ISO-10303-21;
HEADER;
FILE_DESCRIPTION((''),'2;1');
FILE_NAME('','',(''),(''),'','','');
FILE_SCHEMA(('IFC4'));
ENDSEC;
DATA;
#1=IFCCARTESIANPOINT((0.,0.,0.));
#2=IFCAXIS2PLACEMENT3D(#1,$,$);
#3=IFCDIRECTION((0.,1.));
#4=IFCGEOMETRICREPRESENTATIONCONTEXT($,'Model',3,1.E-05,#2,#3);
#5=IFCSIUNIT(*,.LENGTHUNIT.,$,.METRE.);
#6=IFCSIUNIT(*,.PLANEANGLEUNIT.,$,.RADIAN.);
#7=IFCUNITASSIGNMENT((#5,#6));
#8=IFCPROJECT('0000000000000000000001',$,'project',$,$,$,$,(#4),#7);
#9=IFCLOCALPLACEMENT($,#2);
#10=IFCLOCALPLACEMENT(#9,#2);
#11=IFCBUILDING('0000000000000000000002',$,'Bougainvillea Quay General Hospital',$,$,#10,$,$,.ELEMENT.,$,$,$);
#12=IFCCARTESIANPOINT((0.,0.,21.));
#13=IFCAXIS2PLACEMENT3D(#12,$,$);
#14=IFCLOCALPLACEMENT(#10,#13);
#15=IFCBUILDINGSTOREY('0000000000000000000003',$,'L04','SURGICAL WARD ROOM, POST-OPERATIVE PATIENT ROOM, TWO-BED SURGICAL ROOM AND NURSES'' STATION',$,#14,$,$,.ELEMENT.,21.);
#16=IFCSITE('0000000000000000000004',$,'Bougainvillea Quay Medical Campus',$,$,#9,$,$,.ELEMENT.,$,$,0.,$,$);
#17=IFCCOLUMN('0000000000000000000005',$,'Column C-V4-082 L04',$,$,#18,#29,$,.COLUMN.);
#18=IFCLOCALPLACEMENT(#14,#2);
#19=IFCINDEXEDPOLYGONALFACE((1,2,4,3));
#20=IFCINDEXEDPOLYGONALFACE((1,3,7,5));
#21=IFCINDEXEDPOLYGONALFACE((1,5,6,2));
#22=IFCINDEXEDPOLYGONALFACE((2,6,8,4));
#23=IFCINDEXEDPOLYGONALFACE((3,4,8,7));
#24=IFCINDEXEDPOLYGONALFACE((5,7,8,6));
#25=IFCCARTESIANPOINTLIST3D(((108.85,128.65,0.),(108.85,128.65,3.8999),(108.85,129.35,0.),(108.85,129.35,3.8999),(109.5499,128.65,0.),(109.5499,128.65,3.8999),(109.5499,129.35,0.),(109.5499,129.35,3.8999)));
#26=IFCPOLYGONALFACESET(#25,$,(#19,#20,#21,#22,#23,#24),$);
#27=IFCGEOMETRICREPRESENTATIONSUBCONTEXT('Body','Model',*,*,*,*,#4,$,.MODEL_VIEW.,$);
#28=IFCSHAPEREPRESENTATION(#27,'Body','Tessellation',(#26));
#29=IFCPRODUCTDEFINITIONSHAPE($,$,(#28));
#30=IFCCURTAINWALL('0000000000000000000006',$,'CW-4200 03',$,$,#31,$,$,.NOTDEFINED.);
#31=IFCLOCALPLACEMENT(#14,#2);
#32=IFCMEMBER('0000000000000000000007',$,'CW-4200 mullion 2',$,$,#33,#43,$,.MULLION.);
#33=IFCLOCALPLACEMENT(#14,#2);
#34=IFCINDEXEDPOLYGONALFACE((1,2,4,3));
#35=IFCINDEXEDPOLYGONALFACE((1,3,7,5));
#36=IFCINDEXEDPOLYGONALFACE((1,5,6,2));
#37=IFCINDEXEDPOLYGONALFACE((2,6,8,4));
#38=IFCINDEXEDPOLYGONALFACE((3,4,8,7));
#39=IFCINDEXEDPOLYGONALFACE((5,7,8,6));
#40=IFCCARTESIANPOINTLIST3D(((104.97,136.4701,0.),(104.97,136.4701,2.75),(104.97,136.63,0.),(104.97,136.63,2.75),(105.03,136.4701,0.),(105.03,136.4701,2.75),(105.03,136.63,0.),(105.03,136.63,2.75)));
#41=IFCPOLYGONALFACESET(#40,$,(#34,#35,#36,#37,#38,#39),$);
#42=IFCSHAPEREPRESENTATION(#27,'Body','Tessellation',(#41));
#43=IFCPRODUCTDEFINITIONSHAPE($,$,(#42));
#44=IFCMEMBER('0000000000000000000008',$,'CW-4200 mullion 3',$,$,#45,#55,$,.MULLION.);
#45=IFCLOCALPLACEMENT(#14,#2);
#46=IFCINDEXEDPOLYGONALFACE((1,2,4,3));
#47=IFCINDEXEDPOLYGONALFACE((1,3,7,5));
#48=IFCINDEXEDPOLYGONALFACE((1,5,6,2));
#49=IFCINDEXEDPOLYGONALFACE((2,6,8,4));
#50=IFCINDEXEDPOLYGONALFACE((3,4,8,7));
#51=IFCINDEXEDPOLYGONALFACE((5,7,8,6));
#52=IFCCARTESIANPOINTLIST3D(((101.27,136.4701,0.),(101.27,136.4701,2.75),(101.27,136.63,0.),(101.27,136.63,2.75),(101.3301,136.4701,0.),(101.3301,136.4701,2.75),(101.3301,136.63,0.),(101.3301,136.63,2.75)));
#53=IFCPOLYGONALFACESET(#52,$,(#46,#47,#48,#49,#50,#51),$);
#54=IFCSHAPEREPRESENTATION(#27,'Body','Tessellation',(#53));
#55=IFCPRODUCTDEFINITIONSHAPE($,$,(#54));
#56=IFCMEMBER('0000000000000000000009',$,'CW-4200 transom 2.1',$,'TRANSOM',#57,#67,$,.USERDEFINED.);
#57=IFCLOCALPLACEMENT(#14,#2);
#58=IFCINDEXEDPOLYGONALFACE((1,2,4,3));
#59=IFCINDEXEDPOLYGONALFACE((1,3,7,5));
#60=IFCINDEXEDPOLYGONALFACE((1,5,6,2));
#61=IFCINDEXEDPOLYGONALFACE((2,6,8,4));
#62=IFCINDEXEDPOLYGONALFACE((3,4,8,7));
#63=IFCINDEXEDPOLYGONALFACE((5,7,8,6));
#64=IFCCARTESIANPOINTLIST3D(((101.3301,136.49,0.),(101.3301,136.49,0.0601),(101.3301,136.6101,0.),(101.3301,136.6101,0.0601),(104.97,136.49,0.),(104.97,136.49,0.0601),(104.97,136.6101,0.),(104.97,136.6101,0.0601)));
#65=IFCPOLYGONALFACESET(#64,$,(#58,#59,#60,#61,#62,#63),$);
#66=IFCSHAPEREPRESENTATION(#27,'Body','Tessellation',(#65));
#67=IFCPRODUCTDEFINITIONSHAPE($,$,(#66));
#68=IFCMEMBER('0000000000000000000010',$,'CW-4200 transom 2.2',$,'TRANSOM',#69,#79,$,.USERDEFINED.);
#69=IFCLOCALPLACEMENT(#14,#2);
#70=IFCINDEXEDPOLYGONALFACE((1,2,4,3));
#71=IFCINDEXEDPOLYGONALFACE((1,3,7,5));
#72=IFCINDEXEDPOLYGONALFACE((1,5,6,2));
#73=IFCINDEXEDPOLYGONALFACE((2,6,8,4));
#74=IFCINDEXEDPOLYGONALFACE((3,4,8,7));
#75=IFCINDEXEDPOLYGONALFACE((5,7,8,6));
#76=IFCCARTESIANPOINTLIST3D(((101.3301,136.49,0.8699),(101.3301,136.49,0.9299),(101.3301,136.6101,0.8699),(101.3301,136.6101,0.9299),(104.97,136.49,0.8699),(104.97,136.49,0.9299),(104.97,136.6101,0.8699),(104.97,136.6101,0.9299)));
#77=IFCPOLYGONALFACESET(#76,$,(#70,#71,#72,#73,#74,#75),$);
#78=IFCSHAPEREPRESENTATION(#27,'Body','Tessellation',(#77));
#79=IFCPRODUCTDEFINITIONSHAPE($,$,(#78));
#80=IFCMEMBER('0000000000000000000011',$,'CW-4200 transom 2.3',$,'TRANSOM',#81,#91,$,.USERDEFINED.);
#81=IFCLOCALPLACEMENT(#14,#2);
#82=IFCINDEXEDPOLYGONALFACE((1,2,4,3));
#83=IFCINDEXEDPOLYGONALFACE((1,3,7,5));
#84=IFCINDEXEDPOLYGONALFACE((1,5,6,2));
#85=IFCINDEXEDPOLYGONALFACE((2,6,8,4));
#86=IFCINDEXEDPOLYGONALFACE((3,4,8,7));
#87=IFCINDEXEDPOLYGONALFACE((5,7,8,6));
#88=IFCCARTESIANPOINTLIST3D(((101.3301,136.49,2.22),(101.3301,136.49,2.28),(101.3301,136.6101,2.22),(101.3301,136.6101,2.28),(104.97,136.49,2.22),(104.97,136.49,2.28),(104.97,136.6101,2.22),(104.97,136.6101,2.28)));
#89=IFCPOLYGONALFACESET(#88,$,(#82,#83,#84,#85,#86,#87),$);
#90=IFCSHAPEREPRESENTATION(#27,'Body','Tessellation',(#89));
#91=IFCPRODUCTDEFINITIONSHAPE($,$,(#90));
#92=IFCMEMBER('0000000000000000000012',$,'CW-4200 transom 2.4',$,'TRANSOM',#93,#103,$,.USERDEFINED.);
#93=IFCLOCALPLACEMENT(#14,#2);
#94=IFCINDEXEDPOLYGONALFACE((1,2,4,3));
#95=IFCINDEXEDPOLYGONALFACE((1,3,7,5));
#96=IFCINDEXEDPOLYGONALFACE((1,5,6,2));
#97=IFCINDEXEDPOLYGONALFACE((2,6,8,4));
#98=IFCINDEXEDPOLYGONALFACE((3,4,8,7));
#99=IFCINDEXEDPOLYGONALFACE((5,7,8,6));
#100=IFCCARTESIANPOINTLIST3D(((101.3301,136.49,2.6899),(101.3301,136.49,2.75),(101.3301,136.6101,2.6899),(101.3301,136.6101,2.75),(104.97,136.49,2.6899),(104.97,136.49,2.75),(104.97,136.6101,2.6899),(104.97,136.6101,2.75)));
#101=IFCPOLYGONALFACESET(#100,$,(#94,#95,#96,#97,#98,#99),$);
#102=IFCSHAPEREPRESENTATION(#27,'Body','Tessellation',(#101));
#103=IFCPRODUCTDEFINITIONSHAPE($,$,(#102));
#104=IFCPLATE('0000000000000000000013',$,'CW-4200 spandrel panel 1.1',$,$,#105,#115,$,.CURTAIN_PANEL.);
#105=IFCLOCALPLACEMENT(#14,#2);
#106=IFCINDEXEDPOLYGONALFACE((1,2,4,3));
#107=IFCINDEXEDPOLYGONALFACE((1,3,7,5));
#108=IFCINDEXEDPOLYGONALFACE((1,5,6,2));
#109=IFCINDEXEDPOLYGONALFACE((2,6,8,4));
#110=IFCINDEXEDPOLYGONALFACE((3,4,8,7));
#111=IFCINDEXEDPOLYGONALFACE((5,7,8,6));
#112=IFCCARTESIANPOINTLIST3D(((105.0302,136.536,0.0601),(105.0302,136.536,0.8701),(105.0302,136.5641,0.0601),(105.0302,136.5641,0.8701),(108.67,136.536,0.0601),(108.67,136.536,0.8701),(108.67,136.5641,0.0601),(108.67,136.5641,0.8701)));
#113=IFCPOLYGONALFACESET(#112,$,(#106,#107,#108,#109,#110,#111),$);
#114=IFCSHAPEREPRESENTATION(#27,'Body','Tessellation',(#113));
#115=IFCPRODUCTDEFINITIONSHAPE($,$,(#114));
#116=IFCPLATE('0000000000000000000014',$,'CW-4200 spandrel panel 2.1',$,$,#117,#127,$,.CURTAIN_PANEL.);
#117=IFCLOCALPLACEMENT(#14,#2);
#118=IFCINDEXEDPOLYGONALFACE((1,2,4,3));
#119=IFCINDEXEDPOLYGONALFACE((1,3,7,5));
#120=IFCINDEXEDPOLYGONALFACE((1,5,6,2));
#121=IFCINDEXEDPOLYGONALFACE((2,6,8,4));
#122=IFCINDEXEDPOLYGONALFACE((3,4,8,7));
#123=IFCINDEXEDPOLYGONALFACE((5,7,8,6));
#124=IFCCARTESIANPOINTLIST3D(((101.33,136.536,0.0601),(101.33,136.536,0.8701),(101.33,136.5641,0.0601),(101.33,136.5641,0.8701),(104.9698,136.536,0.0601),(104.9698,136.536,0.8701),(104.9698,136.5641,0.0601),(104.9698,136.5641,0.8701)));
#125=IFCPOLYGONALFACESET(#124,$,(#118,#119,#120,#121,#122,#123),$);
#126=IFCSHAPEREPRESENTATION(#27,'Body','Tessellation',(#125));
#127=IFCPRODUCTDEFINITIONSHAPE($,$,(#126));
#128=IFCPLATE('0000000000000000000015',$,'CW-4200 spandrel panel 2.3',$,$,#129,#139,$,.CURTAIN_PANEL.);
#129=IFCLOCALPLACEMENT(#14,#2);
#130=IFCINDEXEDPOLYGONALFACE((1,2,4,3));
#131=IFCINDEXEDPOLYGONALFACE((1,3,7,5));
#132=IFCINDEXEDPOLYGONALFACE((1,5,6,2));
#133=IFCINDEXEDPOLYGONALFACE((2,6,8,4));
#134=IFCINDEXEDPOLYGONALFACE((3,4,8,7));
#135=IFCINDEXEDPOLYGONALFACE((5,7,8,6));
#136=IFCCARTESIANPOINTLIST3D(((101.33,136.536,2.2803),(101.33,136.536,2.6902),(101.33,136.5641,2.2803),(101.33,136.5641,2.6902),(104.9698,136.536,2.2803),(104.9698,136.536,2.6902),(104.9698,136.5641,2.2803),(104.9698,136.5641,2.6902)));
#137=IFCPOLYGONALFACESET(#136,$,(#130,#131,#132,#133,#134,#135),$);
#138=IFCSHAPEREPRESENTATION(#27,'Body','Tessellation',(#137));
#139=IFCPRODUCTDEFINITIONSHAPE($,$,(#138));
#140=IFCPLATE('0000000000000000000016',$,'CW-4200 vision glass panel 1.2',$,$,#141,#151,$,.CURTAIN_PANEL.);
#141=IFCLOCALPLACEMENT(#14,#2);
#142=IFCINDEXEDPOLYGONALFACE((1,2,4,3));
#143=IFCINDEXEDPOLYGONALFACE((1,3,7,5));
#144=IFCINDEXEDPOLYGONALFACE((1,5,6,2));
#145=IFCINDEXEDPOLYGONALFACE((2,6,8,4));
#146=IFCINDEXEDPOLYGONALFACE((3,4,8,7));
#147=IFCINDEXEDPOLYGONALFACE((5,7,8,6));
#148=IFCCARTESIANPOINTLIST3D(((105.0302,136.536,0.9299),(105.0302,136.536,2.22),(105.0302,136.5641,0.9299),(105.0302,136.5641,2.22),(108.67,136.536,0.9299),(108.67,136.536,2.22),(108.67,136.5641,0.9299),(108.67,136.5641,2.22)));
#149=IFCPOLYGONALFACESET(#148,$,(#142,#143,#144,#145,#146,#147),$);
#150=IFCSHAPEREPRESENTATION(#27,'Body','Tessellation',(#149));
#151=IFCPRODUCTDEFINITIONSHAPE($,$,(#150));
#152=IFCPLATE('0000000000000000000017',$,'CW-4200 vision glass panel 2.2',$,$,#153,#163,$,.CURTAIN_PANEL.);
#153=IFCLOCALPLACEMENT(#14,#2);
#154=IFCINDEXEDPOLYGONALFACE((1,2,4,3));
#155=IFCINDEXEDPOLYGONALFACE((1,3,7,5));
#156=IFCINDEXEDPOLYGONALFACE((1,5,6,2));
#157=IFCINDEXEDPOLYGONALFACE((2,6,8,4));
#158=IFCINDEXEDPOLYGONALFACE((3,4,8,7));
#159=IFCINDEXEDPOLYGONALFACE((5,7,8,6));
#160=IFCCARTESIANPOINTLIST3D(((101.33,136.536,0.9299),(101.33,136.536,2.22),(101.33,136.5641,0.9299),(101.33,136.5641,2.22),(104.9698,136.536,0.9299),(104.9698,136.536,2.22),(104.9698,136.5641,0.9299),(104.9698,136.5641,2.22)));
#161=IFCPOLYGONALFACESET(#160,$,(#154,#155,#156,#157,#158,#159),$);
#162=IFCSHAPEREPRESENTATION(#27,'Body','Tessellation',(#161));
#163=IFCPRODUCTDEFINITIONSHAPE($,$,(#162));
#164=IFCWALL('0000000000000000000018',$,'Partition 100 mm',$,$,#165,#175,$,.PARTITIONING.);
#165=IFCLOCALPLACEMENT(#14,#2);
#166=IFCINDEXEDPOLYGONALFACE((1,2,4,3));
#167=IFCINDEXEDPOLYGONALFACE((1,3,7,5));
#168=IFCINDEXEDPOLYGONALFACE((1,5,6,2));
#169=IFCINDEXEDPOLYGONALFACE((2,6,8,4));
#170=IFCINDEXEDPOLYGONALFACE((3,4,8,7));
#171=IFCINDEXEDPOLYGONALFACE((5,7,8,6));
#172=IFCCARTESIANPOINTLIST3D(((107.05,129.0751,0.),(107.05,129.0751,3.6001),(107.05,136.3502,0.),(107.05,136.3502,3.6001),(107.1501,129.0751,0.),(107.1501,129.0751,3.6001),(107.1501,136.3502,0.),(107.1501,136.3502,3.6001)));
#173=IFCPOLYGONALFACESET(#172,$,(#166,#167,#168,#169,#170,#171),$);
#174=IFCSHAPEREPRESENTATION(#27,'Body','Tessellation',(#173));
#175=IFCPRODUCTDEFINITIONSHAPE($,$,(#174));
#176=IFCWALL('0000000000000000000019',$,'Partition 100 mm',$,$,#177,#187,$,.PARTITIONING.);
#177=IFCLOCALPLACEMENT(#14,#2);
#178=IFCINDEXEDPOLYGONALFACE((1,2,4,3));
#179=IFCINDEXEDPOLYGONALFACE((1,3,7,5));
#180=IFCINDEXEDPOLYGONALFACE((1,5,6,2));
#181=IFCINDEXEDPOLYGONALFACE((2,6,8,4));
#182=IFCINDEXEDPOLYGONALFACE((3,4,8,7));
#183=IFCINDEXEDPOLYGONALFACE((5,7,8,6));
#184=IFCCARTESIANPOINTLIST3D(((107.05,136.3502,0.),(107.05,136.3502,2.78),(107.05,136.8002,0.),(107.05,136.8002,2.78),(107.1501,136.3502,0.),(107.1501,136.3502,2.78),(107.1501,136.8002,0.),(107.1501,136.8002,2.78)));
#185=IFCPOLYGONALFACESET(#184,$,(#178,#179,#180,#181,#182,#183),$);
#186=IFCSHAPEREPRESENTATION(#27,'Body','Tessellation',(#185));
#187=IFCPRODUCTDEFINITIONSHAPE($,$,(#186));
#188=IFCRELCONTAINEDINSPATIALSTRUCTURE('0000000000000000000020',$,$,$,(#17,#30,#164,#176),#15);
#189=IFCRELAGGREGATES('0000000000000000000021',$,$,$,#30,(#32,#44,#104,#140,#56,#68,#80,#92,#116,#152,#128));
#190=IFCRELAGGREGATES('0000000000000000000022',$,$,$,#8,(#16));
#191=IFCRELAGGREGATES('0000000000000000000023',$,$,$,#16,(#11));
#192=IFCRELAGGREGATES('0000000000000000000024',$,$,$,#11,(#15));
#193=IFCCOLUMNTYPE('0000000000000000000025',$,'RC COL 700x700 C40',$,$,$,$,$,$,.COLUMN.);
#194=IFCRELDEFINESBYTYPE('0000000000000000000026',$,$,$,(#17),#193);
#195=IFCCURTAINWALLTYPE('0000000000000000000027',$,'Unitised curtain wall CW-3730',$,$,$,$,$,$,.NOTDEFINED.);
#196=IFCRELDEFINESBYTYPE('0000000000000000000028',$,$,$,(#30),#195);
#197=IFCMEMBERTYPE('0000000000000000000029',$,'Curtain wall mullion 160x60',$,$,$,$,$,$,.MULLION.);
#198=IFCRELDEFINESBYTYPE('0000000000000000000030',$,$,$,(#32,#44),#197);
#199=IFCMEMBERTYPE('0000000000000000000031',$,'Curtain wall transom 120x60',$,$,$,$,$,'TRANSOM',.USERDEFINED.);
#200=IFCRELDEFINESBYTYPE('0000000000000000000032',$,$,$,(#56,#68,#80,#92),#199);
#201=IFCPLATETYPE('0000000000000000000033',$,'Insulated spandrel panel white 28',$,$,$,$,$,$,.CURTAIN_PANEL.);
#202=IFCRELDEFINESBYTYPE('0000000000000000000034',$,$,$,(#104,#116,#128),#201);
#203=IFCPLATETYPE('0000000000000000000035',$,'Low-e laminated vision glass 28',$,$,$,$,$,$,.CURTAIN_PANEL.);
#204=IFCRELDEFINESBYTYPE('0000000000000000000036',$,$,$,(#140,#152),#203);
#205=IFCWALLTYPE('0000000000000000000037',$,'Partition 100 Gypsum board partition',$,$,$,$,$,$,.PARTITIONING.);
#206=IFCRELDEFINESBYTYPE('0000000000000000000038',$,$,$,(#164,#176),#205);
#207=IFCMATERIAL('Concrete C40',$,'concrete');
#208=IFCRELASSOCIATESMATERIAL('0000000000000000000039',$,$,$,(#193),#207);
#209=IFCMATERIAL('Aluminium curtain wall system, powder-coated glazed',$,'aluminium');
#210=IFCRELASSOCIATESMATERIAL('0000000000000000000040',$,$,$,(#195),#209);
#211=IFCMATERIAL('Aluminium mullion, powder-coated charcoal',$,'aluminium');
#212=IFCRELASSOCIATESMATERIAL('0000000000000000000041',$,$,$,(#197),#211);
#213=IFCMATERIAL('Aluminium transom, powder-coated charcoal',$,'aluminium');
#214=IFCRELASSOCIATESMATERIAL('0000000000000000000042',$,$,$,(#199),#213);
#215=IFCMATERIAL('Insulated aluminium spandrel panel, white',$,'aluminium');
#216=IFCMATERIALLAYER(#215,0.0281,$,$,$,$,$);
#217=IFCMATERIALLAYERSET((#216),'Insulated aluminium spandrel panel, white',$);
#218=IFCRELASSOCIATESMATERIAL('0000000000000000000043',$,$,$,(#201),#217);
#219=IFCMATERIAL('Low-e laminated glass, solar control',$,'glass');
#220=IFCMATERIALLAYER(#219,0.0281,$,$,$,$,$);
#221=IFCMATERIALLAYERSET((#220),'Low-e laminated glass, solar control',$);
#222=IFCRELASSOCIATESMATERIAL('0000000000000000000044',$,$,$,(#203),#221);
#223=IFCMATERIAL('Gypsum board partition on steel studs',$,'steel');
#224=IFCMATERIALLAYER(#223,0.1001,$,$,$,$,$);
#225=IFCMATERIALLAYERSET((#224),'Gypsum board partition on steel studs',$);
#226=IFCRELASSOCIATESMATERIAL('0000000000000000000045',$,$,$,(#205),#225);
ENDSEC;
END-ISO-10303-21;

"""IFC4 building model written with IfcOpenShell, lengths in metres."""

from ifc_helpers import new_model, si_unit, direction, frame, frame_2d, origin, origin_2d, place, context, subcontext, project, spatial, rectangle, extrude, material, layer, layer_set, material_profile, profile_set, type_object, element, aggregate, save


model = new_model("IFC4")

# Units and contexts
model_context = context("Model", 3, precision=1e-05, world=origin(), true_north=direction((0.0, 1.0)))
body_context = subcontext(model_context, "Body", "Model", "MODEL_VIEW")
ifc_project = project(units=[si_unit("LENGTHUNIT", "METRE"), si_unit("PLANEANGLEUNIT", "RADIAN")], contexts=[model_context])

# Site, building, storey
site_placement = place(None, origin())
site = spatial("IfcSite", under=ifc_project, at=site_placement, Name="Bougainvillea Quay Medical Campus", CompositionType="ELEMENT", RefElevation=0.0)
building_placement = place(site_placement, origin())
building = spatial("IfcBuilding", under=site, at=building_placement, Name="Bougainvillea Quay General Hospital", CompositionType="ELEMENT")
storey_placement = place(building_placement, frame((0.0, 0.0, 21.0)))
storey = spatial("IfcBuildingStorey", under=building, at=storey_placement, Name="L04", Description="SURGICAL WARD ROOM, POST-OPERATIVE PATIENT ROOM, TWO-BED SURGICAL ROOM AND NURSES' STATION", CompositionType="ELEMENT", Elevation=21.0)

# Column
ifc_material_1 = material(Name="Concrete C40", Category="concrete")
ifc_material_profile_1 = material_profile(ifc_material_1, rectangle(XDim=0.7, YDim=0.7, at=origin_2d()))
ifc_profile_set_1 = profile_set([ifc_material_profile_1], Name="Concrete C40")
column_type = type_object("IfcColumnType", Name="RC COL 700x700 C40", PredefinedType="COLUMN", material=ifc_profile_set_1)
column_placement = place(storey_placement, frame((109.2, 129.0, 0.0), z_axis=(0.0, 0.0, 1.0), x_axis=(1.0, 0.0, 0.0)))
element("IfcColumn", 1, at=column_placement, inside=storey, type_object=column_type, Name="Column C-V4-082 L04", PredefinedType="COLUMN", context=body_context, shape_type="SweptSolid", body=[
    extrude(rectangle(XDim=0.7, YDim=0.7, at=origin_2d()), origin(), (0.0, 0.0, 1.0), 3.8999),
])

# Curtain wall, members, plates
ifc_material_2 = material(Name="Aluminium curtain wall system, powder-coated glazed", Category="aluminium")
curtain_wall_type = type_object("IfcCurtainWallType", Name="Unitised curtain wall CW-3730", PredefinedType="NOTDEFINED", material=ifc_material_2)
curtain_wall_placement = place(storey_placement, origin())
curtain_wall = element("IfcCurtainWall", 2, at=curtain_wall_placement, inside=storey, type_object=curtain_wall_type, Name="CW-4200 03", PredefinedType="NOTDEFINED")
ifc_material_3 = material(Name="Aluminium mullion, powder-coated charcoal", Category="aluminium")
ifc_material_profile_2 = material_profile(ifc_material_3, rectangle(XDim=0.1599, YDim=0.0601, at=origin_2d()))
ifc_profile_set_2 = profile_set([ifc_material_profile_2], Name="Aluminium mullion, powder-coated charcoal")
member_type_1 = type_object("IfcMemberType", Name="Curtain wall mullion 160x60", PredefinedType="MULLION", material=ifc_profile_set_2)
member_1_placement = place(storey_placement, frame((105.0, 136.55, 0.0), z_axis=(0.0, 0.0, 1.0), x_axis=(0.0, -1.0, 0.0)))
member_1 = element("IfcMember", 3, at=member_1_placement, type_object=member_type_1, Name="CW-4200 mullion 2", PredefinedType="MULLION", context=body_context, shape_type="SweptSolid", body=[
    extrude(rectangle(XDim=0.1599, YDim=0.0601, at=origin_2d()), origin(), (0.0, 0.0, 1.0), 2.75),
])
member_2_placement = place(storey_placement, frame((101.3, 136.55, 0.0), z_axis=(0.0, 0.0, 1.0), x_axis=(0.0, -1.0, 0.0)))
member_2 = element("IfcMember", 4, at=member_2_placement, type_object=member_type_1, Name="CW-4200 mullion 3", PredefinedType="MULLION", context=body_context, shape_type="SweptSolid", body=[
    extrude(rectangle(XDim=0.1599, YDim=0.0601, at=origin_2d()), origin(), (0.0, 0.0, 1.0), 2.75),
])
ifc_material_4 = material(Name="Aluminium transom, powder-coated charcoal", Category="aluminium")
ifc_material_profile_3 = material_profile(ifc_material_4, rectangle(XDim=0.1201, YDim=0.0601, at=origin_2d()))
ifc_profile_set_3 = profile_set([ifc_material_profile_3], Name="Aluminium transom, powder-coated charcoal")
member_type_2 = type_object("IfcMemberType", Name="Curtain wall transom 120x60", ElementType="TRANSOM", PredefinedType="USERDEFINED", material=ifc_profile_set_3)
member_3_placement = place(storey_placement, frame((104.97, 136.55, 0.03), z_axis=(-1.0, 0.0, 0.0), x_axis=(0.0, -1.0, 0.0)))
member_3 = element("IfcMember", 5, at=member_3_placement, type_object=member_type_2, Name="CW-4200 transom 2.1", ObjectType="TRANSOM", PredefinedType="USERDEFINED", context=body_context, shape_type="SweptSolid", body=[
    extrude(rectangle(XDim=0.1201, YDim=0.0601, at=origin_2d()), origin(), (0.0, 0.0, 1.0), 3.6399),
])
member_4_placement = place(storey_placement, frame((104.97, 136.55, 0.8999), z_axis=(-1.0, 0.0, 0.0), x_axis=(0.0, -1.0, 0.0)))
member_4 = element("IfcMember", 6, at=member_4_placement, type_object=member_type_2, Name="CW-4200 transom 2.2", ObjectType="TRANSOM", PredefinedType="USERDEFINED", context=body_context, shape_type="SweptSolid", body=[
    extrude(rectangle(XDim=0.1201, YDim=0.0601, at=origin_2d()), origin(), (0.0, 0.0, 1.0), 3.6399),
])
member_5_placement = place(storey_placement, frame((104.97, 136.55, 2.25), z_axis=(-1.0, 0.0, 0.0), x_axis=(0.0, -1.0, 0.0)))
member_5 = element("IfcMember", 7, at=member_5_placement, type_object=member_type_2, Name="CW-4200 transom 2.3", ObjectType="TRANSOM", PredefinedType="USERDEFINED", context=body_context, shape_type="SweptSolid", body=[
    extrude(rectangle(XDim=0.1201, YDim=0.0601, at=origin_2d()), origin(), (0.0, 0.0, 1.0), 3.6399),
])
member_6_placement = place(storey_placement, frame((104.97, 136.55, 2.72), z_axis=(-1.0, 0.0, 0.0), x_axis=(0.0, -1.0, 0.0)))
member_6 = element("IfcMember", 8, at=member_6_placement, type_object=member_type_2, Name="CW-4200 transom 2.4", ObjectType="TRANSOM", PredefinedType="USERDEFINED", context=body_context, shape_type="SweptSolid", body=[
    extrude(rectangle(XDim=0.1201, YDim=0.0601, at=origin_2d()), origin(), (0.0, 0.0, 1.0), 3.6399),
])
ifc_material_5 = material(Name="Insulated aluminium spandrel panel, white", Category="aluminium")
ifc_layer_1 = layer(ifc_material_5, 0.0281)
ifc_layer_set_1 = layer_set([ifc_layer_1], Name="Insulated aluminium spandrel panel, white")
plate_type_1 = type_object("IfcPlateType", Name="Insulated spandrel panel white 28", PredefinedType="CURTAIN_PANEL", material=ifc_layer_set_1)
plate_1_placement = place(storey_placement, frame((106.8501, 136.55, 0.0601), z_axis=(0.0, 0.0, 1.0), x_axis=(-1.0, 0.0, 0.0)))
plate_1 = element("IfcPlate", 9, at=plate_1_placement, type_object=plate_type_1, Name="CW-4200 spandrel panel 1.1", PredefinedType="CURTAIN_PANEL", context=body_context, shape_type="SweptSolid", body=[
    extrude(rectangle(XDim=3.6399, YDim=0.0281, at=origin_2d()), origin(), (0.0, 0.0, 1.0), 0.8101),
])
plate_2_placement = place(storey_placement, frame((103.1499, 136.55, 0.0601), z_axis=(0.0, 0.0, 1.0), x_axis=(-1.0, 0.0, 0.0)))
plate_2 = element("IfcPlate", 10, at=plate_2_placement, type_object=plate_type_1, Name="CW-4200 spandrel panel 2.1", PredefinedType="CURTAIN_PANEL", context=body_context, shape_type="SweptSolid", body=[
    extrude(rectangle(XDim=3.6399, YDim=0.0281, at=origin_2d()), origin(), (0.0, 0.0, 1.0), 0.8101),
])
plate_3_placement = place(storey_placement, frame((103.1499, 136.55, 2.2803), z_axis=(0.0, 0.0, 1.0), x_axis=(-1.0, 0.0, 0.0)))
plate_3 = element("IfcPlate", 11, at=plate_3_placement, type_object=plate_type_1, Name="CW-4200 spandrel panel 2.3", PredefinedType="CURTAIN_PANEL", context=body_context, shape_type="SweptSolid", body=[
    extrude(rectangle(XDim=3.6399, YDim=0.0281, at=origin_2d()), origin(), (0.0, 0.0, 1.0), 0.4099),
])
ifc_material_6 = material(Name="Low-e laminated glass, solar control", Category="glass")
ifc_layer_2 = layer(ifc_material_6, 0.0281)
ifc_layer_set_2 = layer_set([ifc_layer_2], Name="Low-e laminated glass, solar control")
plate_type_2 = type_object("IfcPlateType", Name="Low-e laminated vision glass 28", PredefinedType="CURTAIN_PANEL", material=ifc_layer_set_2)
plate_4_placement = place(storey_placement, frame((106.8501, 136.55, 0.9299), z_axis=(0.0, 0.0, 1.0), x_axis=(-1.0, 0.0, 0.0)))
plate_4 = element("IfcPlate", 12, at=plate_4_placement, type_object=plate_type_2, Name="CW-4200 vision glass panel 1.2", PredefinedType="CURTAIN_PANEL", context=body_context, shape_type="SweptSolid", body=[
    extrude(rectangle(XDim=3.6399, YDim=0.0281, at=origin_2d()), origin(), (0.0, 0.0, 1.0), 1.29),
])
plate_5_placement = place(storey_placement, frame((103.1499, 136.55, 0.9299), z_axis=(0.0, 0.0, 1.0), x_axis=(-1.0, 0.0, 0.0)))
plate_5 = element("IfcPlate", 13, at=plate_5_placement, type_object=plate_type_2, Name="CW-4200 vision glass panel 2.2", PredefinedType="CURTAIN_PANEL", context=body_context, shape_type="SweptSolid", body=[
    extrude(rectangle(XDim=3.6399, YDim=0.0281, at=origin_2d()), origin(), (0.0, 0.0, 1.0), 1.29),
])
aggregate(curtain_wall, [member_1, member_2, plate_1, plate_4, member_3, member_4, member_5, member_6, plate_2, plate_5, plate_3])

# Walls
ifc_material_7 = material(Name="Gypsum board partition on steel studs", Category="steel")
ifc_layer_3 = layer(ifc_material_7, 0.1001)
ifc_layer_set_3 = layer_set([ifc_layer_3], Name="Gypsum board partition on steel studs")
wall_type_1 = type_object("IfcWallType", Name="Partition 100 Gypsum board partition", PredefinedType="PARTITIONING", material=ifc_layer_set_3)
wall_1_placement = place(storey_placement, frame((107.1001, 129.075, 0.0), z_axis=(0.0, 0.0, 1.0), x_axis=(0.0, 1.0, 0.0)))
element("IfcWall", 14, at=wall_1_placement, inside=storey, type_object=wall_type_1, Name="Partition 100 mm", PredefinedType="PARTITIONING", context=body_context, shape_type="SweptSolid", body=[
    extrude(rectangle(XDim=7.2751, YDim=0.1001, at=frame_2d((3.6377, 0.0))), origin(), (0.0, 0.0, 1.0), 3.6001),
])
wall_2_placement = place(storey_placement, frame((107.1001, 136.3501, 0.0), z_axis=(0.0, 0.0, 1.0), x_axis=(0.0, 1.0, 0.0)))
element("IfcWall", 15, at=wall_2_placement, inside=storey, type_object=wall_type_1, Name="Partition 100 mm", PredefinedType="PARTITIONING", context=body_context, shape_type="SweptSolid", body=[
    extrude(rectangle(XDim=0.45, YDim=0.1001, at=frame_2d((0.2251, 0.0))), origin(), (0.0, 0.0, 1.0), 2.78),
])

save(model, "model.ifc")
